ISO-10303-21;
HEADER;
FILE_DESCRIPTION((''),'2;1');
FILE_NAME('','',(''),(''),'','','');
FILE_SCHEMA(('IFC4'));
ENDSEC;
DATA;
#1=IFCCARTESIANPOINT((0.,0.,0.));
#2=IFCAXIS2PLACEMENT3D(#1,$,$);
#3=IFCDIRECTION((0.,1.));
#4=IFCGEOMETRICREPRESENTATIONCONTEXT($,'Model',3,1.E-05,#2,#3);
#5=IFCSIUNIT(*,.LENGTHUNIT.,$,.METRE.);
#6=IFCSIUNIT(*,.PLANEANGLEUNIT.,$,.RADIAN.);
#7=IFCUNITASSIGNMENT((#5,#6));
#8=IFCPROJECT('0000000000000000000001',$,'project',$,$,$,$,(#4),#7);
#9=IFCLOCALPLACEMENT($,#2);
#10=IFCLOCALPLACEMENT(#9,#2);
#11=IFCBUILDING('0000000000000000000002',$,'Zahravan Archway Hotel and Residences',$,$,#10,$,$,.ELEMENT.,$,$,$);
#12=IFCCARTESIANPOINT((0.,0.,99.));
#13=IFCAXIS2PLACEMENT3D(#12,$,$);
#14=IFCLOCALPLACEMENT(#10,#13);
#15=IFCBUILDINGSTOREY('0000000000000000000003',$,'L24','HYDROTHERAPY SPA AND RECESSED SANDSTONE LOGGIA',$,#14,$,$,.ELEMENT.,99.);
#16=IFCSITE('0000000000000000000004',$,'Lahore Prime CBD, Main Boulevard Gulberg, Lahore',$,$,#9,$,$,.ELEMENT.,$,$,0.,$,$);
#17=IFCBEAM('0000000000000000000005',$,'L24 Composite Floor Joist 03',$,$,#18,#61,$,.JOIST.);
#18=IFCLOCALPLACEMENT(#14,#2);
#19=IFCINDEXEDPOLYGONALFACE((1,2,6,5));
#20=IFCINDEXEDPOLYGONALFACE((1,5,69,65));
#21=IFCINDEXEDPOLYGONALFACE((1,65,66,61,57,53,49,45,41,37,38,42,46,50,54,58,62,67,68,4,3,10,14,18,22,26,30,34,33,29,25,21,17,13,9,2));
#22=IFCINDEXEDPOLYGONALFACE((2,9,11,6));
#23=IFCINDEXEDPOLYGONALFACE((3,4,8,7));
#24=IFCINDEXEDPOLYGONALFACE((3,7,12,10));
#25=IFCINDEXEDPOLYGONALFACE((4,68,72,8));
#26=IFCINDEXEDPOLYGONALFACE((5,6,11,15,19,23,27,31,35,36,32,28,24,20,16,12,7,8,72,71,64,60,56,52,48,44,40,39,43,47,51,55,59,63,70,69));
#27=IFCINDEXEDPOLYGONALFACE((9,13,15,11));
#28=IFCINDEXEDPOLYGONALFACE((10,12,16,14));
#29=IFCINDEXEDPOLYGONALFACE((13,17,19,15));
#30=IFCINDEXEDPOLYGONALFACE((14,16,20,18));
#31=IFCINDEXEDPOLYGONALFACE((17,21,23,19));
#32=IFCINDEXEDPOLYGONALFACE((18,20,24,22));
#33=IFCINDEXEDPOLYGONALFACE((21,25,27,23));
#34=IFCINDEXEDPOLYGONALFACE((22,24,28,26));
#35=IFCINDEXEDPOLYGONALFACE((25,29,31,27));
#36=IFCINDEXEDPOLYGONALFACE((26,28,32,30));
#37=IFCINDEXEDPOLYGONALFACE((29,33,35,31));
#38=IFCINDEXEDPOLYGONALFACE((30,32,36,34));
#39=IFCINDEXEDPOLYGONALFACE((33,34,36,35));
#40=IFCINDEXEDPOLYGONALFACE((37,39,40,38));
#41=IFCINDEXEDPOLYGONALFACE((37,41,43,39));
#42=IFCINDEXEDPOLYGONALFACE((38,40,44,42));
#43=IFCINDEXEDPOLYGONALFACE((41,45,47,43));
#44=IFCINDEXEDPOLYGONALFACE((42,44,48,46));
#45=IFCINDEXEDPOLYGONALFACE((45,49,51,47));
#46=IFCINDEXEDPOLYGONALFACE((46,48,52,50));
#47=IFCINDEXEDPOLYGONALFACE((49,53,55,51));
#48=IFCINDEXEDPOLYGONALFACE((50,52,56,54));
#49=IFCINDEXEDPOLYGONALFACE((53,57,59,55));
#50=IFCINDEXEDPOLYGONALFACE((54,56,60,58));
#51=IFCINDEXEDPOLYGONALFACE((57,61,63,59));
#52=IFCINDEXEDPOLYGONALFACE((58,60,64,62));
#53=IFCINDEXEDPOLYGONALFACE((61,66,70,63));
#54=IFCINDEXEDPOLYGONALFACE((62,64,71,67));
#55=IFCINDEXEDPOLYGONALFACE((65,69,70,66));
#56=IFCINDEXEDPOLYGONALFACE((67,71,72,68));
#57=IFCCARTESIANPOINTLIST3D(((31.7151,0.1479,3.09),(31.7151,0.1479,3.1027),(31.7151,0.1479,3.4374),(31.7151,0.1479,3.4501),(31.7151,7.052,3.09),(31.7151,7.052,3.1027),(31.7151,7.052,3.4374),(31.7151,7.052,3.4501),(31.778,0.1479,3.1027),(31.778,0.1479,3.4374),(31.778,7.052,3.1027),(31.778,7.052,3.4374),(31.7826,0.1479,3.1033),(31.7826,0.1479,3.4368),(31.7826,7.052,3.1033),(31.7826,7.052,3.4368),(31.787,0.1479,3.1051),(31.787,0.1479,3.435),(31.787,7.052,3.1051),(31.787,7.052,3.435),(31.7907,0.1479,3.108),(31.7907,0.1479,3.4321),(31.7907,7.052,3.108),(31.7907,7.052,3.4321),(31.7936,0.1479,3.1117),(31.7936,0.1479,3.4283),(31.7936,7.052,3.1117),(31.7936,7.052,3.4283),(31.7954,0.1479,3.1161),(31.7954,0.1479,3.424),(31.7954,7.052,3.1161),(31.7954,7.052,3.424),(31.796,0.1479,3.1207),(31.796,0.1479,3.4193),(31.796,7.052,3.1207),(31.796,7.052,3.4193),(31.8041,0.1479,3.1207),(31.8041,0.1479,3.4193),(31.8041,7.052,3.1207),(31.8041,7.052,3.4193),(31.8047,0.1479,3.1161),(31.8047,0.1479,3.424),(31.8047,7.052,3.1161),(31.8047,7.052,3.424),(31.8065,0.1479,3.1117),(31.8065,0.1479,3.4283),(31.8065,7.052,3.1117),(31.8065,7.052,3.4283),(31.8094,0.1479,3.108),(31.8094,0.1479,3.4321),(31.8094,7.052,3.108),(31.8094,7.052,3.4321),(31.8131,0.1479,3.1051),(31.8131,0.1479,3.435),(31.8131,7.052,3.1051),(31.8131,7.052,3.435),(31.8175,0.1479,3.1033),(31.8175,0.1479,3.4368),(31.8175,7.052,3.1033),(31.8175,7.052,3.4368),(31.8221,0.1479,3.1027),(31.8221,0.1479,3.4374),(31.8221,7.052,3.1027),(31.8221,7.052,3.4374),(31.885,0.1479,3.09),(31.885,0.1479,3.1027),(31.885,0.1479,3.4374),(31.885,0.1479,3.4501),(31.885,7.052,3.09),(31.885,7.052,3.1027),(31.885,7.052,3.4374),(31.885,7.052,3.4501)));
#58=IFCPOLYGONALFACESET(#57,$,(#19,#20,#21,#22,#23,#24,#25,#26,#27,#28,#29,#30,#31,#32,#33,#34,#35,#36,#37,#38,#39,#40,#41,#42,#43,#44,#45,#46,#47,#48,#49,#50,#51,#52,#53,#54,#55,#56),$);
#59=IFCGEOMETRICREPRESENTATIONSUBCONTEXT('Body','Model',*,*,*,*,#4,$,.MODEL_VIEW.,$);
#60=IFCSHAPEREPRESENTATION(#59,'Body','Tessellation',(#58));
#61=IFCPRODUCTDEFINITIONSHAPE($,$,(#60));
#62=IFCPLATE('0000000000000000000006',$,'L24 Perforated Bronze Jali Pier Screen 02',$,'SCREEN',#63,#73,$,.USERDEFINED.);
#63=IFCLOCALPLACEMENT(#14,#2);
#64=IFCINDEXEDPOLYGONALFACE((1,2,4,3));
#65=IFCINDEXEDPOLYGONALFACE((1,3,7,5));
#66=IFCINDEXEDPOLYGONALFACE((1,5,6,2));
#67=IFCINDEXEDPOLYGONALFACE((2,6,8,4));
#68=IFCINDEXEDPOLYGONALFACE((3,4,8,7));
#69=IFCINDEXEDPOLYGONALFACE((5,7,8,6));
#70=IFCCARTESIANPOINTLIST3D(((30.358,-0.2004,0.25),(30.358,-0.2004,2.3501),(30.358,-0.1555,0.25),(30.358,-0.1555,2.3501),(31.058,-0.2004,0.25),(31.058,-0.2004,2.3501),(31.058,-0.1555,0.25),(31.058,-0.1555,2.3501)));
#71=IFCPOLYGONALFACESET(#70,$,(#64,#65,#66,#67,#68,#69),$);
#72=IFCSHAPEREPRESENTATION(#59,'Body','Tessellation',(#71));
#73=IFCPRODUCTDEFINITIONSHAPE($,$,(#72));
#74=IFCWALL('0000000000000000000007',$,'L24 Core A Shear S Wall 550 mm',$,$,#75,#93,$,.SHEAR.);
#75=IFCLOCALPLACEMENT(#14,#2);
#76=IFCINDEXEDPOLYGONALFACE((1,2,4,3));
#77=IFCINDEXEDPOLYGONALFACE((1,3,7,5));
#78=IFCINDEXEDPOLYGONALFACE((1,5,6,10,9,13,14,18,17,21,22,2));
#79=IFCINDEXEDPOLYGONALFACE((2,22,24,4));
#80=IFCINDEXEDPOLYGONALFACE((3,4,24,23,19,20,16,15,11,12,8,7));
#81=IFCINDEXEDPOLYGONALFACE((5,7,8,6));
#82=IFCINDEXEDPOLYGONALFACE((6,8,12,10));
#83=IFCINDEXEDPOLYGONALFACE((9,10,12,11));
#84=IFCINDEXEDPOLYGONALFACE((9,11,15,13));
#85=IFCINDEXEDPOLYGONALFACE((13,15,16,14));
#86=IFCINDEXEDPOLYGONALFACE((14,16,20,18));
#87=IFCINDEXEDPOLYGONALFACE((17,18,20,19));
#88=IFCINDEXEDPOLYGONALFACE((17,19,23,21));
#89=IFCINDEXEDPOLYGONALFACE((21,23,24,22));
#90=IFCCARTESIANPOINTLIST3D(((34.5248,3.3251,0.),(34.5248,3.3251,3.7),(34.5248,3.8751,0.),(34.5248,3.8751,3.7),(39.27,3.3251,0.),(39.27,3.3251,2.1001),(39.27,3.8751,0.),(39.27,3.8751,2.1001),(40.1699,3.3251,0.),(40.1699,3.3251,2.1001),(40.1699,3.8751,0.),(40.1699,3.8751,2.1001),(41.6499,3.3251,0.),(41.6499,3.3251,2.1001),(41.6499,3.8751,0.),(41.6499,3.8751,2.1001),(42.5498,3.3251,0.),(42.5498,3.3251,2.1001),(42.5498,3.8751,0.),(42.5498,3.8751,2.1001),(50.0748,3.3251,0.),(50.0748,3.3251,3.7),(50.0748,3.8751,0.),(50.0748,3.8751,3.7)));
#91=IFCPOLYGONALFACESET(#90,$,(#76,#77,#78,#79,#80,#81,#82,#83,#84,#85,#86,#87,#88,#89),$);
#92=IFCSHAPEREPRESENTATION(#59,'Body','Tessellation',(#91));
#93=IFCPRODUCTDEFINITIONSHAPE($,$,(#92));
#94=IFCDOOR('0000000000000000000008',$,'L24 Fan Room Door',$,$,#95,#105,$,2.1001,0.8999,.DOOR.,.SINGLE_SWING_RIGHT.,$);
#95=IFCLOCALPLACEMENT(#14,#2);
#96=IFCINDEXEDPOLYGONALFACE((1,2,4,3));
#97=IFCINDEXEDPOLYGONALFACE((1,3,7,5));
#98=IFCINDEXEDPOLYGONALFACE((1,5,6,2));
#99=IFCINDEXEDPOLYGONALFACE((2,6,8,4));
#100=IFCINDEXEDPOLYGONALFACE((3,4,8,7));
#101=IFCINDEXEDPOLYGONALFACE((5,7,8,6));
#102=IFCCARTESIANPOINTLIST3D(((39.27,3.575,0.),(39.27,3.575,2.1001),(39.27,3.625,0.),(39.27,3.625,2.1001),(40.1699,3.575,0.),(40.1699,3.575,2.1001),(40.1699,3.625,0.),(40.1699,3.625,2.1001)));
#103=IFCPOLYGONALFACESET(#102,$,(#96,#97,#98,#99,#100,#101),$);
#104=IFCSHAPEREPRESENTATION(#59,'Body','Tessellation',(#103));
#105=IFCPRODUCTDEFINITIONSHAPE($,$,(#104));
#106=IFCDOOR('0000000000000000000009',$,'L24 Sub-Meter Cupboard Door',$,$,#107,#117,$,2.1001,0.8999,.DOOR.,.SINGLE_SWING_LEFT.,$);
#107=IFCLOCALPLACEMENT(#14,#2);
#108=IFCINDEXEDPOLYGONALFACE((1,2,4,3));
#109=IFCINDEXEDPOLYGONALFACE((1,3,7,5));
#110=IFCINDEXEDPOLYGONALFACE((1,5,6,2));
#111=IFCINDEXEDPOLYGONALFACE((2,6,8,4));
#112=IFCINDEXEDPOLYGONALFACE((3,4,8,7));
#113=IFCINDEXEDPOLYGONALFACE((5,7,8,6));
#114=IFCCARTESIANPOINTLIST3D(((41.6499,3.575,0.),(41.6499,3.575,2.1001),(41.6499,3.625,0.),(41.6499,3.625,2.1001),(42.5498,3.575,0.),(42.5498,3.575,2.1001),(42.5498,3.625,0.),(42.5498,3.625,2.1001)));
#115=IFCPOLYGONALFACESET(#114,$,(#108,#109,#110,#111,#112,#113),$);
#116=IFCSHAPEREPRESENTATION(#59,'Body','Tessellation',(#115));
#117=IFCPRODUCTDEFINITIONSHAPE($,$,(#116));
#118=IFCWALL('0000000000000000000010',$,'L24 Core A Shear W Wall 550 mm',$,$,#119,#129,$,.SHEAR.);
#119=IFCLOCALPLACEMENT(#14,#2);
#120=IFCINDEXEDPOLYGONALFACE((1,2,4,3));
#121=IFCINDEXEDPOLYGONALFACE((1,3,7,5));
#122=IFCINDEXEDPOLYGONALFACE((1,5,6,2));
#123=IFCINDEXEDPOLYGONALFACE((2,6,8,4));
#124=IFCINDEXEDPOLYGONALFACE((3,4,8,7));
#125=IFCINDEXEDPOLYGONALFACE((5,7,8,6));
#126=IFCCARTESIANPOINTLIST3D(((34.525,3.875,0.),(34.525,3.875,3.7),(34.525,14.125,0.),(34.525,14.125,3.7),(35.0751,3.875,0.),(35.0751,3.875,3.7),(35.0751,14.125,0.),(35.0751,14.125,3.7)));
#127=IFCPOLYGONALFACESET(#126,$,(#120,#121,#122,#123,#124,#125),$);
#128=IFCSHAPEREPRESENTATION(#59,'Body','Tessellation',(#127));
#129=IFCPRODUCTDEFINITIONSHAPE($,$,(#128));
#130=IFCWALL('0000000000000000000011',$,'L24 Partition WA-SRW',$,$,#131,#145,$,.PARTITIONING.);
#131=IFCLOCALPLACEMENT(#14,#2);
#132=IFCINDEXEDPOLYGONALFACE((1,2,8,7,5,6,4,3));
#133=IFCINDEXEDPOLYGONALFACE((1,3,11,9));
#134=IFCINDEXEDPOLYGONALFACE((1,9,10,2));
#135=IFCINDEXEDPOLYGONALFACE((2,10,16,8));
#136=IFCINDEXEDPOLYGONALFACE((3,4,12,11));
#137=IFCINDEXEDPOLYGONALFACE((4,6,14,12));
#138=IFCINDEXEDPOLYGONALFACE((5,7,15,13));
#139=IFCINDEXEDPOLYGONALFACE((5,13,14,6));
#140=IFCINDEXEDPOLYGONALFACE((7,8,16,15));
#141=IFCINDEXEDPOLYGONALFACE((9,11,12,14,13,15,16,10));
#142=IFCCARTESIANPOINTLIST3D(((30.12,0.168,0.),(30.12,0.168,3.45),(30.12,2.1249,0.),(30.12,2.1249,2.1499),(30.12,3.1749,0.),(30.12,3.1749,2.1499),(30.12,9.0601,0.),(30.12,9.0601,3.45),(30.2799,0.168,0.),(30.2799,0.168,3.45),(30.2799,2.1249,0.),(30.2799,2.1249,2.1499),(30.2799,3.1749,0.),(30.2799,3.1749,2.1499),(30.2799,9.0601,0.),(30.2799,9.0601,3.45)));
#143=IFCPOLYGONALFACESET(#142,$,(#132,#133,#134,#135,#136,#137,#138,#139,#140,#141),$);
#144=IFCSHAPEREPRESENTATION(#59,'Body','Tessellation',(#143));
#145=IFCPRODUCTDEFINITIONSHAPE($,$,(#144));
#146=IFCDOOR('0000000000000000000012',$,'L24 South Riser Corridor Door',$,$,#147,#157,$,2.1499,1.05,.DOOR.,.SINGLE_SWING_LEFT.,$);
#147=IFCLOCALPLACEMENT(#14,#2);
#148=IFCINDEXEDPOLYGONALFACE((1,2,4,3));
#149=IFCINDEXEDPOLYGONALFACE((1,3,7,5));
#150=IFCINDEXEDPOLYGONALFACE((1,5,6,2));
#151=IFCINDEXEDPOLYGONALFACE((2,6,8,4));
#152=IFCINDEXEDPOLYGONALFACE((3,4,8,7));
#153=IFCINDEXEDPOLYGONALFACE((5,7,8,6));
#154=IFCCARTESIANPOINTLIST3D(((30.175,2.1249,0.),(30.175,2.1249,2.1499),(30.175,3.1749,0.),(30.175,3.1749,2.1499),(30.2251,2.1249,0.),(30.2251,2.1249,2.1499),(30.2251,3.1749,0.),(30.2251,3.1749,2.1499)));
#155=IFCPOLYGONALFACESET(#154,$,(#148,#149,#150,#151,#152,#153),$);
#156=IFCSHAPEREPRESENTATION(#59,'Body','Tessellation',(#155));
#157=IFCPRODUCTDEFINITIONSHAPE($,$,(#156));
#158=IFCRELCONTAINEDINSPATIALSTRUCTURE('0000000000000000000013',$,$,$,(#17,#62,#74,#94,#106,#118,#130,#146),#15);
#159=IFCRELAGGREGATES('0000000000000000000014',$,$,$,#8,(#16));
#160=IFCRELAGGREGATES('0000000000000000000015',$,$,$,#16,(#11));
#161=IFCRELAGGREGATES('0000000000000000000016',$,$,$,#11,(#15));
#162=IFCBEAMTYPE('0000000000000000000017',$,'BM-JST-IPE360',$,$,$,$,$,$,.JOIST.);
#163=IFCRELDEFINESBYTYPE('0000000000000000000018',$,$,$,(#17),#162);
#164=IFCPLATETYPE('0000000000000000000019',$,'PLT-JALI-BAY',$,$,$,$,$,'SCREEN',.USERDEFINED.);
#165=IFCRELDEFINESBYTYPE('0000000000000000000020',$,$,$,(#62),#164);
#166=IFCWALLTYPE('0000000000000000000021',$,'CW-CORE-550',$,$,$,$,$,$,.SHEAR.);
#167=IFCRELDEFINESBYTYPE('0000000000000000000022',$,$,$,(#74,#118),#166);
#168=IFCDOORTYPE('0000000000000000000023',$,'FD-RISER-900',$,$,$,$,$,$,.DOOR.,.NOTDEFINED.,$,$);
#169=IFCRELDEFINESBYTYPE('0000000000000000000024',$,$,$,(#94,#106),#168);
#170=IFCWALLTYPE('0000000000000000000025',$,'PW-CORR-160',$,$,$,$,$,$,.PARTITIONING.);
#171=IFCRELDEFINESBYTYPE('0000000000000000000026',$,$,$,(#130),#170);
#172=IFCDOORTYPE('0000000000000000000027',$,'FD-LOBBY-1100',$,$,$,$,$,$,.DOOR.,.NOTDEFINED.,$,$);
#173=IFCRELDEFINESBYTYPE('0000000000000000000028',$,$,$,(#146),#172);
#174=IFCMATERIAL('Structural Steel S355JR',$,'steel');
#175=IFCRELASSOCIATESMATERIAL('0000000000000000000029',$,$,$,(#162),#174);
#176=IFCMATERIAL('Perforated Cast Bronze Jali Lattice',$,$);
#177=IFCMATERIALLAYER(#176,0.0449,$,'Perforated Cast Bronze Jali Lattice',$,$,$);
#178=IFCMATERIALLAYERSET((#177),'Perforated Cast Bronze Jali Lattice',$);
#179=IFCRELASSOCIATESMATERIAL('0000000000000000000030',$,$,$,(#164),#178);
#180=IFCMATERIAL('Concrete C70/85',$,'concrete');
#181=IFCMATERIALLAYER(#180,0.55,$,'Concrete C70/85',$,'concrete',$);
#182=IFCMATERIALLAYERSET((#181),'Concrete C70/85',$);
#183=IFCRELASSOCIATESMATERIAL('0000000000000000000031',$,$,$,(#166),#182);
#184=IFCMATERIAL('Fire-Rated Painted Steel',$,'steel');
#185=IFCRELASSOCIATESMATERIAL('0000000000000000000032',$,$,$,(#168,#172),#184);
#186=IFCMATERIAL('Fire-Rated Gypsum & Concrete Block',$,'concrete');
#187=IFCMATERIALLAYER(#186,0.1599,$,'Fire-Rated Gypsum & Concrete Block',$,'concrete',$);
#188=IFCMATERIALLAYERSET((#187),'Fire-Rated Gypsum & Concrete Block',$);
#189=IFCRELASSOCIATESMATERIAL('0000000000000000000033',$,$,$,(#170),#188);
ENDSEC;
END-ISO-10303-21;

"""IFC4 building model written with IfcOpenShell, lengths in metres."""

from ifc_helpers import new_model, si_unit, direction, frame, frame_2d, origin, origin_2d, place, context, subcontext, project, spatial, rectangle, i_section, extrude, source, transform, mapped, material, layer, layer_set, material_profile, profile_set, type_object, type_shapes, element, fill, save


model = new_model("IFC4")

# Units and contexts
model_context = context("Model", 3, precision=1e-05, world=origin(), true_north=direction((0.0, 1.0)))
body_context = subcontext(model_context, "Body", "Model", "MODEL_VIEW")
ifc_project = project(units=[si_unit("LENGTHUNIT", "METRE"), si_unit("PLANEANGLEUNIT", "RADIAN")], contexts=[model_context])

# Site, building, storey
site_placement = place(None, origin())
site = spatial("IfcSite", under=ifc_project, at=site_placement, Name="Lahore Prime CBD, Main Boulevard Gulberg, Lahore", CompositionType="ELEMENT", RefElevation=0.0)
building_placement = place(site_placement, origin())
building = spatial("IfcBuilding", under=site, at=building_placement, Name="Zahravan Archway Hotel and Residences", CompositionType="ELEMENT")
storey_placement = place(building_placement, frame((0.0, 0.0, 99.0)))
storey = spatial("IfcBuildingStorey", under=building, at=storey_placement, Name="L24", Description="HYDROTHERAPY SPA AND RECESSED SANDSTONE LOGGIA", CompositionType="ELEMENT", Elevation=99.0)

# Shared definitions
ifc_material_1 = material(Name="Concrete C70/85", Category="concrete")

# Beam
ifc_material_2 = material(Name="Structural Steel S355JR", Category="steel")
ifc_material_profile_1 = material_profile(ifc_material_2, i_section(OverallWidth=0.1699, OverallDepth=0.3601, WebThickness=0.0081, FlangeThickness=0.0127, FilletRadius=0.0181, at=origin_2d()), Name="IPE 360", Category="steel")
ifc_profile_set_1 = profile_set([ifc_material_profile_1], Name="Structural Steel S355JR")
beam_type_1 = type_object("IfcBeamType", Name="BM-JST-IPE360", PredefinedType="JOIST", material=ifc_profile_set_1)
shared_shape_1 = source(origin(), body_context, "Body", "SweptSolid", [
    extrude(i_section(OverallWidth=0.1699, OverallDepth=0.3601, WebThickness=0.0081, FlangeThickness=0.0127, FilletRadius=0.0181, at=origin_2d()), origin(), (0.0, 0.0, 1.0), 6.9041),
])
type_shapes(beam_type_1, [shared_shape_1])
beam_1_placement = place(storey_placement, frame((31.8, 0.1479, 3.27), z_axis=(0.0, 1.0, 0.0), x_axis=(-1.0, 0.0, 0.0)))
element("IfcBeam", 1, at=beam_1_placement, inside=storey, type_object=beam_type_1, Name="L24 Composite Floor Joist 03", PredefinedType="JOIST", context=body_context, shape_type="MappedRepresentation", body=[
    mapped(shared_shape_1, transform((0.0, 0.0, 0.0), scale=1.0)),
])

# Plate
ifc_material_3 = material(Name="Perforated Cast Bronze Jali Lattice")
ifc_layer_1 = layer(ifc_material_3, 0.0449, Name="Perforated Cast Bronze Jali Lattice")
ifc_layer_set_1 = layer_set([ifc_layer_1], Name="Perforated Cast Bronze Jali Lattice")
plate_type = type_object("IfcPlateType", Name="PLT-JALI-BAY", ElementType="SCREEN", PredefinedType="USERDEFINED", material=ifc_layer_set_1)
shared_shape_2 = source(origin(), body_context, "Body", "SweptSolid", [
    extrude(rectangle(XDim=0.7, YDim=0.0449, at=origin_2d()), origin(), (0.0, 0.0, 1.0), 2.1001),
])
type_shapes(plate_type, [shared_shape_2])
plate_placement = place(storey_placement, frame((30.708, -0.178, 0.25), z_axis=(0.0, 0.0, 1.0), x_axis=(1.0, 0.0, 0.0)))
element("IfcPlate", 2, at=plate_placement, inside=storey, type_object=plate_type, Name="L24 Perforated Bronze Jali Pier Screen 02", ObjectType="SCREEN", PredefinedType="USERDEFINED", context=body_context, shape_type="MappedRepresentation", body=[
    mapped(shared_shape_2, transform((0.0, 0.0, 0.0), scale=1.0)),
])

# Wall, openings, doors
ifc_layer_2 = layer(ifc_material_1, 0.55, Name="Concrete C70/85", Category="concrete")
ifc_layer_set_2 = layer_set([ifc_layer_2], Name="Concrete C70/85")
wall_type_1 = type_object("IfcWallType", Name="CW-CORE-550", PredefinedType="SHEAR", material=ifc_layer_set_2)
wall_1_placement = place(storey_placement, frame((34.5249, 3.6001, 0.0), z_axis=(0.0, 0.0, 1.0), x_axis=(1.0, 0.0, 0.0)))
wall_1 = element("IfcWall", 3, at=wall_1_placement, inside=storey, type_object=wall_type_1, Name="L24 Core A Shear S Wall 550 mm", PredefinedType="SHEAR", context=body_context, shape_type="SweptSolid", body=[
    extrude(rectangle(XDim=15.55, YDim=0.55, at=frame_2d((7.7749, 0.0))), origin(), (0.0, 0.0, 1.0), 3.7),
])
opening_1_placement = place(wall_1_placement, frame((4.7451, 0.0, 0.0)))
opening_1 = element("IfcOpeningElement", 4, at=opening_1_placement, cuts=wall_1, PredefinedType="OPENING", context=body_context, shape_type="SweptSolid", body=[
    extrude(rectangle(XDim=0.8999, YDim=2.1001, at=frame_2d((0.45, 1.05))), frame((0.0, 0.2852, 0.0), z_axis=(0.0, -1.0, 0.0), x_axis=(1.0, 0.0, 0.0)), (0.0, 0.0, 1.0), 0.5701),
])
opening_2_placement = place(wall_1_placement, frame((7.125, 0.0, 0.0)))
opening_2 = element("IfcOpeningElement", 5, at=opening_2_placement, cuts=wall_1, PredefinedType="OPENING", context=body_context, shape_type="SweptSolid", body=[
    extrude(rectangle(XDim=0.8999, YDim=2.1001, at=frame_2d((0.45, 1.05))), frame((0.0, 0.2852, 0.0), z_axis=(0.0, -1.0, 0.0), x_axis=(1.0, 0.0, 0.0)), (0.0, 0.0, 1.0), 0.5701),
])
ifc_material_4 = material(Name="Fire-Rated Painted Steel", Category="steel")
door_type_1 = type_object("IfcDoorType", Name="FD-RISER-900", OperationType="NOTDEFINED", PredefinedType="DOOR", material=ifc_material_4)
shared_shape_3 = source(origin(), body_context, "Body", "SweptSolid", [
    extrude(rectangle(XDim=0.8999, YDim=2.1001, at=frame_2d((0.45, 1.05))), frame((0.0, 0.0249, 0.0), z_axis=(0.0, -1.0, 0.0), x_axis=(1.0, 0.0, 0.0)), (0.0, 0.0, 1.0), 0.05),
])
type_shapes(door_type_1, [shared_shape_3])
door_1_placement = place(opening_1_placement, origin())
door_1 = element("IfcDoor", 6, at=door_1_placement, inside=storey, type_object=door_type_1, Name="L24 Fan Room Door", OperationType="SINGLE_SWING_RIGHT", OverallHeight=2.1001, OverallWidth=0.8999, PredefinedType="DOOR", context=body_context, shape_type="MappedRepresentation", body=[
    mapped(shared_shape_3, transform((0.0, 0.0, 0.0), scale=1.0)),
])
fill(opening_1, door_1)
door_2_placement = place(opening_2_placement, origin())
door_2 = element("IfcDoor", 7, at=door_2_placement, inside=storey, type_object=door_type_1, Name="L24 Sub-Meter Cupboard Door", OperationType="SINGLE_SWING_LEFT", OverallHeight=2.1001, OverallWidth=0.8999, PredefinedType="DOOR", context=body_context, shape_type="MappedRepresentation", body=[
    mapped(shared_shape_3, transform((0.0, 0.0, 0.0), scale=1.0)),
])
fill(opening_2, door_2)

# Wall
wall_2_placement = place(storey_placement, frame((34.8, 3.875, 0.0), z_axis=(0.0, 0.0, 1.0), x_axis=(0.0, 1.0, 0.0)))
element("IfcWall", 8, at=wall_2_placement, inside=storey, type_object=wall_type_1, Name="L24 Core A Shear W Wall 550 mm", PredefinedType="SHEAR", context=body_context, shape_type="SweptSolid", body=[
    extrude(rectangle(XDim=10.25, YDim=0.55, at=frame_2d((5.125, 0.0))), origin(), (0.0, 0.0, 1.0), 3.7),
])

# Wall, opening, door
ifc_material_5 = material(Name="Fire-Rated Gypsum & Concrete Block", Category="concrete")
ifc_layer_3 = layer(ifc_material_5, 0.1599, Name="Fire-Rated Gypsum & Concrete Block", Category="concrete")
ifc_layer_set_3 = layer_set([ifc_layer_3], Name="Fire-Rated Gypsum & Concrete Block")
wall_type_2 = type_object("IfcWallType", Name="PW-CORR-160", PredefinedType="PARTITIONING", material=ifc_layer_set_3)
wall_3_placement = place(storey_placement, frame((30.2, 0.168, 0.0), z_axis=(0.0, 0.0, 1.0), x_axis=(0.0, 1.0, 0.0)))
wall_3 = element("IfcWall", 9, at=wall_3_placement, inside=storey, type_object=wall_type_2, Name="L24 Partition WA-SRW", PredefinedType="PARTITIONING", context=body_context, shape_type="SweptSolid", body=[
    extrude(rectangle(XDim=8.8921, YDim=0.1599, at=frame_2d((4.446, 0.0))), origin(), (0.0, 0.0, 1.0), 3.45),
])
opening_3_placement = place(wall_3_placement, frame((1.957, 0.0, 0.0)))
opening_3 = element("IfcOpeningElement", 10, at=opening_3_placement, cuts=wall_3, PredefinedType="OPENING", context=body_context, shape_type="SweptSolid", body=[
    extrude(rectangle(XDim=1.05, YDim=2.1499, at=frame_2d((0.5249, 1.075))), frame((0.0, 0.0898, 0.0), z_axis=(0.0, -1.0, 0.0), x_axis=(1.0, 0.0, 0.0)), (0.0, 0.0, 1.0), 0.1799),
])
door_type_2 = type_object("IfcDoorType", Name="FD-LOBBY-1100", OperationType="NOTDEFINED", PredefinedType="DOOR", material=ifc_material_4)
shared_shape_4 = source(origin(), body_context, "Body", "SweptSolid", [
    extrude(rectangle(XDim=1.05, YDim=2.1499, at=frame_2d((0.5249, 1.075))), frame((0.0, 0.0249, 0.0), z_axis=(0.0, -1.0, 0.0), x_axis=(1.0, 0.0, 0.0)), (0.0, 0.0, 1.0), 0.05),
])
type_shapes(door_type_2, [shared_shape_4])
door_3_placement = place(opening_3_placement, origin())
door_3 = element("IfcDoor", 11, at=door_3_placement, inside=storey, type_object=door_type_2, Name="L24 South Riser Corridor Door", OperationType="SINGLE_SWING_LEFT", OverallHeight=2.1499, OverallWidth=1.05, PredefinedType="DOOR", context=body_context, shape_type="MappedRepresentation", body=[
    mapped(shared_shape_4, transform((0.0, 0.0, 0.0), scale=1.0)),
])
fill(opening_3, door_3)

save(model, "model.ifc")
